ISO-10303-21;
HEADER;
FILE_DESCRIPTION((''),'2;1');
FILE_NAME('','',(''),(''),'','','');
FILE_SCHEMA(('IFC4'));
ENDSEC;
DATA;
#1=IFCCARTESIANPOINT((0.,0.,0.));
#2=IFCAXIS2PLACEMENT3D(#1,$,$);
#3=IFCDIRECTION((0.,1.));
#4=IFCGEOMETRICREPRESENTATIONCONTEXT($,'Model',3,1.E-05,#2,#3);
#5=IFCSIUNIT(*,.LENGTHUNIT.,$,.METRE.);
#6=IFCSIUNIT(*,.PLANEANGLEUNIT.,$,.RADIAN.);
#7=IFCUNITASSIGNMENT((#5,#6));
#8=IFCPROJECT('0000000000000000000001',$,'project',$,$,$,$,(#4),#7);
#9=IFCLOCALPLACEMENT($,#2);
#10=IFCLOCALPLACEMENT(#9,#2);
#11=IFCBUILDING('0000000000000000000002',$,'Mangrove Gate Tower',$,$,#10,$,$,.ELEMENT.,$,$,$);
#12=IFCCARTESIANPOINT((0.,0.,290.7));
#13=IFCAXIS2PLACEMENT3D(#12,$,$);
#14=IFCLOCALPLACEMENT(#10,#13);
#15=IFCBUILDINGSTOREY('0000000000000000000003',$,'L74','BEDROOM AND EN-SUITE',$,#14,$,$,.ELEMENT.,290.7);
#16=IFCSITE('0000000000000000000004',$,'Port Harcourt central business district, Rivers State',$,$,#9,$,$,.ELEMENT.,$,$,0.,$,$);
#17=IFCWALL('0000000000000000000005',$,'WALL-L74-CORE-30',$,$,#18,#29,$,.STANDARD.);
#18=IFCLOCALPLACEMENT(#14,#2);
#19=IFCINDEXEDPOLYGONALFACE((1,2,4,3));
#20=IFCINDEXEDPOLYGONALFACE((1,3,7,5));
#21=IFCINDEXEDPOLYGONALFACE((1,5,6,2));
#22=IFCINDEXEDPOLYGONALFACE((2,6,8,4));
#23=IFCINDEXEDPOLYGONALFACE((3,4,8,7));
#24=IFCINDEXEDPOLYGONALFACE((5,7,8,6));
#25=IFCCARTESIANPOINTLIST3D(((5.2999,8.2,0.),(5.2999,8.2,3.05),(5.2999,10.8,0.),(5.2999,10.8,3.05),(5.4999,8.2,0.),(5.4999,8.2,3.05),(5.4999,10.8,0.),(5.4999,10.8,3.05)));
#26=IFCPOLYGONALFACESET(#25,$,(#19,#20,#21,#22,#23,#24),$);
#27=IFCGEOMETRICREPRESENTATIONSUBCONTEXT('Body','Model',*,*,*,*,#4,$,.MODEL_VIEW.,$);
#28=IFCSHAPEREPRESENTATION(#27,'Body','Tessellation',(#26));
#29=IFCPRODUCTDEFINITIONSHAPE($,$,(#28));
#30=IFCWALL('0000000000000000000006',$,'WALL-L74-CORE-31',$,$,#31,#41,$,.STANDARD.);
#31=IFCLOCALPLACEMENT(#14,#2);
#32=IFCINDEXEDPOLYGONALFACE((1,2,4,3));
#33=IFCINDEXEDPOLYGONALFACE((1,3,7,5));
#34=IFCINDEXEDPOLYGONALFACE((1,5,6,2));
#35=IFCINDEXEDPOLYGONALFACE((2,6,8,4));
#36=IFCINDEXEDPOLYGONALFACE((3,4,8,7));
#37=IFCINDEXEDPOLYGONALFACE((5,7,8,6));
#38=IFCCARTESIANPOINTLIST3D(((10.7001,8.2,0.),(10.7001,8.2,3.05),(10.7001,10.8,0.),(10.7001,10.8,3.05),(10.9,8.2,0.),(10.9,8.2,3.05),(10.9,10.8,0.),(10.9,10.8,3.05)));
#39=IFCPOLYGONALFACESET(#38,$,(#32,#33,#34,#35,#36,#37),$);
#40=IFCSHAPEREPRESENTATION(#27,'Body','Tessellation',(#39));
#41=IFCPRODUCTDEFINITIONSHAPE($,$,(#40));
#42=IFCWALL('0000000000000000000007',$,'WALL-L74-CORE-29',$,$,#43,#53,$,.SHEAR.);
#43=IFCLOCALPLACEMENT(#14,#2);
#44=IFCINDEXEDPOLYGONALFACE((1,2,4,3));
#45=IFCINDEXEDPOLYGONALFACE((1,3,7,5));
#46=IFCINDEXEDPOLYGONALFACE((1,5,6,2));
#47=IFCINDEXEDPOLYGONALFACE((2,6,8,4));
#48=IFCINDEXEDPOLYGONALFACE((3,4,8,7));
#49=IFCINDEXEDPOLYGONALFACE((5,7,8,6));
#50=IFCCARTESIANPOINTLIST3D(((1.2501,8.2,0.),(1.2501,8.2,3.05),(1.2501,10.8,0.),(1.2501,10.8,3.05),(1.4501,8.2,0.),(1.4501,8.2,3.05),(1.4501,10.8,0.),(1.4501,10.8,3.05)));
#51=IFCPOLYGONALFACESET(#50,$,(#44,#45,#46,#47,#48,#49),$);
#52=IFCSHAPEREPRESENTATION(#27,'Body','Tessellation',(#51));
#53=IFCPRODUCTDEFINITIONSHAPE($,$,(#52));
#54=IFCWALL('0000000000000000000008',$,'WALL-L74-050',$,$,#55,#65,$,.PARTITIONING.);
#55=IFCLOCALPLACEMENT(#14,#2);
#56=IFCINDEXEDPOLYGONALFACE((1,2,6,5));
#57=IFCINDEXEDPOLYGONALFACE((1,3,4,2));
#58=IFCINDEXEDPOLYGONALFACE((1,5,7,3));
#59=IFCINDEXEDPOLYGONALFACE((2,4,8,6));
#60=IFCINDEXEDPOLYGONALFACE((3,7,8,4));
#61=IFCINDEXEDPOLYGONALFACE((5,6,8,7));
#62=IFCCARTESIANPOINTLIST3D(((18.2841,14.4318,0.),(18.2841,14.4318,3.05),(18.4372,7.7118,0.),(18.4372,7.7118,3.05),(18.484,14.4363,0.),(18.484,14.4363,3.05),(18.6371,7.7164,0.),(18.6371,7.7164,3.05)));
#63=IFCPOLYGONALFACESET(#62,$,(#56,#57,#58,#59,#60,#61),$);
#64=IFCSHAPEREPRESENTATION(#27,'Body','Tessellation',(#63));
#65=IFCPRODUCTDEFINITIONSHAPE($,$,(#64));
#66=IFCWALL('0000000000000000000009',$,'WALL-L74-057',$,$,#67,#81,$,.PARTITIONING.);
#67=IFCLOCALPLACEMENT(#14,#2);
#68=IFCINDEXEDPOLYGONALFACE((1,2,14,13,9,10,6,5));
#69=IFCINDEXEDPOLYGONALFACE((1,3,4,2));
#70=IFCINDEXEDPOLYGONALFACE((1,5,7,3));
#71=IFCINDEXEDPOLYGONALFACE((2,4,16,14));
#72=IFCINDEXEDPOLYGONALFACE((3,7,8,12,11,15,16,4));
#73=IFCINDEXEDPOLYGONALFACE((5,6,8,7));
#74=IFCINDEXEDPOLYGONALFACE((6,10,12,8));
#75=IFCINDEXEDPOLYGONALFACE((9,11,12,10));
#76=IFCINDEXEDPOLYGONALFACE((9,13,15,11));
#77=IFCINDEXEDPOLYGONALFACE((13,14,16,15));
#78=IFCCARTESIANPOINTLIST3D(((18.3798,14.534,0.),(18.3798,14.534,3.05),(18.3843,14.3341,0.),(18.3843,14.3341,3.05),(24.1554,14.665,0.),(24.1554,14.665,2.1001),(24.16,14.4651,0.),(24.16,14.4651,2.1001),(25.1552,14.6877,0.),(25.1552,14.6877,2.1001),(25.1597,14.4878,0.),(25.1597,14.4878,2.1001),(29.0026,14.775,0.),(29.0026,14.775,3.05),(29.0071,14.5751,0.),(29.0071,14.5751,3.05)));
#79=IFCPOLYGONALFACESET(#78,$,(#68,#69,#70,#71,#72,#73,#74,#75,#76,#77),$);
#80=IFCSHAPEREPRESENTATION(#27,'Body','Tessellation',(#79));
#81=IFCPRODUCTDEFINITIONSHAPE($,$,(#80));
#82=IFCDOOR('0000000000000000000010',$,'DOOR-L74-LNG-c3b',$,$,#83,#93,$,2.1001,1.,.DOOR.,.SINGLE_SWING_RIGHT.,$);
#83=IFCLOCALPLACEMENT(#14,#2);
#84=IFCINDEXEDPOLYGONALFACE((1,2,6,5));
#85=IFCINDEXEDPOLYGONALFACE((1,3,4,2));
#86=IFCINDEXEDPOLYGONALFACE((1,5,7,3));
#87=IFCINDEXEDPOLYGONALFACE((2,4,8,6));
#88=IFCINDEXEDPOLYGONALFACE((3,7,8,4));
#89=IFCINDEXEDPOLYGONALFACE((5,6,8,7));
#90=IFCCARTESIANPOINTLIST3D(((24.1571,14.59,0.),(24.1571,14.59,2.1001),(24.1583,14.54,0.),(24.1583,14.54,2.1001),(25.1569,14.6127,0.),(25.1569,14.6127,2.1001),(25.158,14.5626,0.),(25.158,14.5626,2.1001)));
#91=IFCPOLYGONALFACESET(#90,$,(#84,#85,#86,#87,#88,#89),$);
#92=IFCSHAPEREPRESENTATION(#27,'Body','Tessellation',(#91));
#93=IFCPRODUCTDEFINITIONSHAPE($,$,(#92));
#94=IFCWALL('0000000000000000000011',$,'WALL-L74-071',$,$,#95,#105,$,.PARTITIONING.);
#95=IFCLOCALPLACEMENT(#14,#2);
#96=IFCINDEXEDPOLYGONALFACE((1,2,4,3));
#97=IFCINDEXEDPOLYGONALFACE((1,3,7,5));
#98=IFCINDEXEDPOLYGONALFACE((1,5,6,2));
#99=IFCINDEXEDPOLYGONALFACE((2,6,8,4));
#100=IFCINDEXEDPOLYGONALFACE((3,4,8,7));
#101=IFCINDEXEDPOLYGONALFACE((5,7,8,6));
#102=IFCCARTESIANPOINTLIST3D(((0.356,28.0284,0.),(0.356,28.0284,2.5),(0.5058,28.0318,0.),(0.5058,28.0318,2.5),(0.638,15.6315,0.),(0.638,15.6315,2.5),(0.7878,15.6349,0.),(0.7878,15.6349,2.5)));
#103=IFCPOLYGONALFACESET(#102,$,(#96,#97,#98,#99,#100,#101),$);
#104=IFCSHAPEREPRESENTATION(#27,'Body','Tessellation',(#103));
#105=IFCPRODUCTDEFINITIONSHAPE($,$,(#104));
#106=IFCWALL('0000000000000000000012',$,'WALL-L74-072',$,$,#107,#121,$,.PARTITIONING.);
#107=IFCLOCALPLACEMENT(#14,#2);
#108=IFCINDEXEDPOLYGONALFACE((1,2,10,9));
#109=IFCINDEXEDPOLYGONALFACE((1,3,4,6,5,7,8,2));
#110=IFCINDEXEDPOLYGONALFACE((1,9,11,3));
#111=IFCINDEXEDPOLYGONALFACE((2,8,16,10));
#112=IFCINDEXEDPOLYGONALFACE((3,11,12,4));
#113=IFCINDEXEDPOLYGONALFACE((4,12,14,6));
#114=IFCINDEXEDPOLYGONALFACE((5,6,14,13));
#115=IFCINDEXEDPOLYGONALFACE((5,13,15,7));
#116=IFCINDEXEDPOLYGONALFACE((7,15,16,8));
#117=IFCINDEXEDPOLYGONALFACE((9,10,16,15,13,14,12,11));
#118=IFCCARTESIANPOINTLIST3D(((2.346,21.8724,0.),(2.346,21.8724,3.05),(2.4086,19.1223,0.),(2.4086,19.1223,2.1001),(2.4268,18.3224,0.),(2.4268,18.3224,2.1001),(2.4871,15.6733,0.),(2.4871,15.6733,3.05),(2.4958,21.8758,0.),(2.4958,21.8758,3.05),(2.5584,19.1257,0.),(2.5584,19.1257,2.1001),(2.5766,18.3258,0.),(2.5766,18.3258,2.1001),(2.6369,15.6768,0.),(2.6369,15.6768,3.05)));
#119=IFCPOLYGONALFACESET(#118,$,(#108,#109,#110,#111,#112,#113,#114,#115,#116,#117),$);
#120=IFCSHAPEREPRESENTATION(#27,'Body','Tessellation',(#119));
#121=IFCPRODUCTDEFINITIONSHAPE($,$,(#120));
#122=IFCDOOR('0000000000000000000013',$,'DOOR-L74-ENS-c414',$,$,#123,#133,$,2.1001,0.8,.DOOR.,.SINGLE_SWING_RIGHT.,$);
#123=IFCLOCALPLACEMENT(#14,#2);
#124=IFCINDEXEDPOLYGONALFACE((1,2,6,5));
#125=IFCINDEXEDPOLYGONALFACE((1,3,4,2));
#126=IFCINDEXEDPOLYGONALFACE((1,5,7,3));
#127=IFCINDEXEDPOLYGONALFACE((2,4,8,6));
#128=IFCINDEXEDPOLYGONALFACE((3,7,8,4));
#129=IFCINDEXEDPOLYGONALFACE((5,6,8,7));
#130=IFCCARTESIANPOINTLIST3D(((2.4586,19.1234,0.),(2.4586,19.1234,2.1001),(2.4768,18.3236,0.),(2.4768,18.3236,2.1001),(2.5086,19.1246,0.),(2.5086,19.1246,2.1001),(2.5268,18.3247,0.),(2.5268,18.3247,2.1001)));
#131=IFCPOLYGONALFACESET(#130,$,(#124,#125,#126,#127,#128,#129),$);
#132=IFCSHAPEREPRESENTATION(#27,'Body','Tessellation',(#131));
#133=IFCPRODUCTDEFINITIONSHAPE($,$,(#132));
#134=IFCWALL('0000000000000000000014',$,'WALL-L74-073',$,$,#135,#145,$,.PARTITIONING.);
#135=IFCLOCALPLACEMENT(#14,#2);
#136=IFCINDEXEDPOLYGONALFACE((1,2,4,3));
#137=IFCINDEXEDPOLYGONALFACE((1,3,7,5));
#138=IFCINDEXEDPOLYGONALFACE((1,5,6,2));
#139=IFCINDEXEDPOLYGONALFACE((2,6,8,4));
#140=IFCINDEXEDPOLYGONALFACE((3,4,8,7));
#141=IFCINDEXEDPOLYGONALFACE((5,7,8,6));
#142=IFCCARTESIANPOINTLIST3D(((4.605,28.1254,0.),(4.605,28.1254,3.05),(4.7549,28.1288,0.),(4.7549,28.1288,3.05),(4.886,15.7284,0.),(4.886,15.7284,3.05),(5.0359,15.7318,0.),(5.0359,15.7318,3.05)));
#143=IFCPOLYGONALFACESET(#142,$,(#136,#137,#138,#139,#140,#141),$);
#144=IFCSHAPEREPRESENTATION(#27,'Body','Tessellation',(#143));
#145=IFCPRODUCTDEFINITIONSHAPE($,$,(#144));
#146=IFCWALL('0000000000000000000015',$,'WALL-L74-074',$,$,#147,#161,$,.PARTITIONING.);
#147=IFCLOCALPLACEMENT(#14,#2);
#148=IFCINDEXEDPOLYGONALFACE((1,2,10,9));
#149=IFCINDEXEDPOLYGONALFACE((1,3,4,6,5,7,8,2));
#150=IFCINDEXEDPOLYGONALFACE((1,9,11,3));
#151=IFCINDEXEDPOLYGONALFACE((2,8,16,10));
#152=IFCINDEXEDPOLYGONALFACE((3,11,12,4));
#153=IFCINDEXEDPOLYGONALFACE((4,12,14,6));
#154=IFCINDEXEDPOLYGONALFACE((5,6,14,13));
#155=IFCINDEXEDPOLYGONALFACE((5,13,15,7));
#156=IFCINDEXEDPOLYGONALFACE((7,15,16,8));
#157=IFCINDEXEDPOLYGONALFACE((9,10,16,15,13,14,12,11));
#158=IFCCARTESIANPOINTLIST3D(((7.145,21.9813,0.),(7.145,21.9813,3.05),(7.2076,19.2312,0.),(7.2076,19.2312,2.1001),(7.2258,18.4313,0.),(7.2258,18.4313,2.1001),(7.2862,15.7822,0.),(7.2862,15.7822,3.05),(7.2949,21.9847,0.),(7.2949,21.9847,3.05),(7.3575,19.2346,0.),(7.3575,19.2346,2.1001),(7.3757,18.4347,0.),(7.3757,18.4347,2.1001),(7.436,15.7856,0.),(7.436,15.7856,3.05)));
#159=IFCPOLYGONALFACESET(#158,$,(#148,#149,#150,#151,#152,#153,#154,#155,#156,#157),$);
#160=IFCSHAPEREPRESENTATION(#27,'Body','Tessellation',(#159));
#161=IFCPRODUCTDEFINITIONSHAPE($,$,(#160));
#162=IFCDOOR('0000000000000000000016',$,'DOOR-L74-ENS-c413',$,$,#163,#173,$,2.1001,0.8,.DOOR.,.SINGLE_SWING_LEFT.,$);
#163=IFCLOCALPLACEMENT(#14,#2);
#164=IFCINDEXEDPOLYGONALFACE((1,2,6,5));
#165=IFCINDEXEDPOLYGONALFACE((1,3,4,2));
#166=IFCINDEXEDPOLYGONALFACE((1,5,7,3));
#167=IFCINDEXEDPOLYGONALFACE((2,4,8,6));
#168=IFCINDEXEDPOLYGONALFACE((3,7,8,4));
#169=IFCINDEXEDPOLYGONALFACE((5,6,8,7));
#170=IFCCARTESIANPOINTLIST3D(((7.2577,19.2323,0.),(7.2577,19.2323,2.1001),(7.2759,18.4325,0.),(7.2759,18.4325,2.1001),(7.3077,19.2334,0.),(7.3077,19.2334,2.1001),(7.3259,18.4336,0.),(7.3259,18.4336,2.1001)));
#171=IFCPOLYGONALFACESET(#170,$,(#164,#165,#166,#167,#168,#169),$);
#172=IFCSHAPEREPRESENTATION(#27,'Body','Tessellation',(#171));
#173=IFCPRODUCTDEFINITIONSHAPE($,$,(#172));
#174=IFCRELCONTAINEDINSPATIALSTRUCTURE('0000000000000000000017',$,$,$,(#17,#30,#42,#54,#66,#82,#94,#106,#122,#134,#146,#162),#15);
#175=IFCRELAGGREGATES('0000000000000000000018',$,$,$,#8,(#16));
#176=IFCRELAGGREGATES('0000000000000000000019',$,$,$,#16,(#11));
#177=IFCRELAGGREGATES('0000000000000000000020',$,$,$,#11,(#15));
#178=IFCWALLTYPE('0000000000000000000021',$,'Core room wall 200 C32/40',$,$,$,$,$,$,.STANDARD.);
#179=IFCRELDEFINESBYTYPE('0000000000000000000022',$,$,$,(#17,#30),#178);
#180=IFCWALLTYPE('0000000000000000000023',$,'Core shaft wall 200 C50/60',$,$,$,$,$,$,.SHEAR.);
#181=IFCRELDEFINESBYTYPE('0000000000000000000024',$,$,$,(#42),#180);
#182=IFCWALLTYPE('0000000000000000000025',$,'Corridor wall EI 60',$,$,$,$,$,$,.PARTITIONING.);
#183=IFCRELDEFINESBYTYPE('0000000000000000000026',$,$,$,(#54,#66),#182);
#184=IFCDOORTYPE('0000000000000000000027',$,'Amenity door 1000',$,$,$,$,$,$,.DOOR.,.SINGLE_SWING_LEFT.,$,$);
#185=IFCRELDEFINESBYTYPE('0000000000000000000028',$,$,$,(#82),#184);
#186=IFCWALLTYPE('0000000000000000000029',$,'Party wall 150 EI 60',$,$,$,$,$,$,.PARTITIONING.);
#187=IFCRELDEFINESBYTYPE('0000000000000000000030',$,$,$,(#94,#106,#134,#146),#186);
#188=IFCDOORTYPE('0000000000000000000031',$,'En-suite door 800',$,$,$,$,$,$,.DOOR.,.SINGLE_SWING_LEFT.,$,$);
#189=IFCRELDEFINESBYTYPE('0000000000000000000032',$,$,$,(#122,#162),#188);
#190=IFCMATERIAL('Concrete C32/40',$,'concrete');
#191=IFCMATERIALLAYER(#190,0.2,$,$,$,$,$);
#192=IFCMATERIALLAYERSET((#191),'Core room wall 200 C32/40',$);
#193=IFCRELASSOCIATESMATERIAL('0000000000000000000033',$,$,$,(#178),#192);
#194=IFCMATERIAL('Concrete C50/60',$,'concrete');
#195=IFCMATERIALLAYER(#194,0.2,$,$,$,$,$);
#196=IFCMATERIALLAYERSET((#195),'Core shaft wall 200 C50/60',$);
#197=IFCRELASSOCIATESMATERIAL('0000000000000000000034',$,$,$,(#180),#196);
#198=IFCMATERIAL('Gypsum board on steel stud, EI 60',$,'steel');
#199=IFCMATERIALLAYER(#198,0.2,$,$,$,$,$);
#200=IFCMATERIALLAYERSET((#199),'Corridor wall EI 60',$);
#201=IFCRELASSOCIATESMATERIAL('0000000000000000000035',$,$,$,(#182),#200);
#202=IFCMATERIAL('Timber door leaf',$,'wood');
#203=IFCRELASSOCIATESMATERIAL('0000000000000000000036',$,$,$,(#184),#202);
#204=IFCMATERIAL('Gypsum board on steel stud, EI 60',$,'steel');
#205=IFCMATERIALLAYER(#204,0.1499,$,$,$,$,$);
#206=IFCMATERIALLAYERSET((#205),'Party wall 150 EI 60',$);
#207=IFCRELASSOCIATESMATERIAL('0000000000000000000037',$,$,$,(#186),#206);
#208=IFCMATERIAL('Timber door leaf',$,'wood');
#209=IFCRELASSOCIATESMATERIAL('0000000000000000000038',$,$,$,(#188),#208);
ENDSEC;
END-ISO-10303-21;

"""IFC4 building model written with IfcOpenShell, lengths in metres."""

from ifc_helpers import new_model, si_unit, direction, frame, frame_2d, origin, place, context, subcontext, project, spatial, rectangle, extrude, material, layer, layer_set, type_object, element, fill, save


model = new_model("IFC4")

# Units and contexts
model_context = context("Model", 3, precision=1e-05, world=origin(), true_north=direction((0.0, 1.0)))
body_context = subcontext(model_context, "Body", "Model", "MODEL_VIEW")
ifc_project = project(units=[si_unit("LENGTHUNIT", "METRE"), si_unit("PLANEANGLEUNIT", "RADIAN")], contexts=[model_context])

# Site, building, storey
site_placement = place(None, origin())
site = spatial("IfcSite", under=ifc_project, at=site_placement, Name="Port Harcourt central business district, Rivers State", CompositionType="ELEMENT", RefElevation=0.0)
building_placement = place(site_placement, origin())
building = spatial("IfcBuilding", under=site, at=building_placement, Name="Mangrove Gate Tower", CompositionType="ELEMENT")
storey_placement = place(building_placement, frame((0.0, 0.0, 290.7)))
storey = spatial("IfcBuildingStorey", under=building, at=storey_placement, Name="L74", Description="BEDROOM AND EN-SUITE", CompositionType="ELEMENT", Elevation=290.7)

# Walls
ifc_material_1 = material(Name="Concrete C32/40", Category="concrete")
ifc_layer_1 = layer(ifc_material_1, 0.2)
ifc_layer_set_1 = layer_set([ifc_layer_1], Name="Core room wall 200 C32/40")
wall_type_1 = type_object("IfcWallType", Name="Core room wall 200 C32/40", PredefinedType="STANDARD", material=ifc_layer_set_1)
for number, where, z_axis, x_axis, name in (
    (1, (5.3999, 8.2, 0.0), (0.0, 0.0, 1.0), (0.0, 1.0, 0.0), "WALL-L74-CORE-30"),
    (2, (10.8, 8.2, 0.0), (0.0, 0.0, 1.0), (0.0, 1.0, 0.0), "WALL-L74-CORE-31"),
):
    element("IfcWall", number, at=place(storey_placement, frame(where, z_axis=z_axis, x_axis=x_axis)), inside=storey, type_object=wall_type_1, Name=name, PredefinedType="STANDARD", context=body_context, shape_type="SweptSolid", body=[
        extrude(rectangle(XDim=2.6001, YDim=0.2, at=frame_2d((1.3, 0.0))), origin(), (0.0, 0.0, 1.0), 3.05),
    ])
ifc_material_2 = material(Name="Concrete C50/60", Category="concrete")
ifc_layer_2 = layer(ifc_material_2, 0.2)
ifc_layer_set_2 = layer_set([ifc_layer_2], Name="Core shaft wall 200 C50/60")
wall_type_2 = type_object("IfcWallType", Name="Core shaft wall 200 C50/60", PredefinedType="SHEAR", material=ifc_layer_set_2)
wall_1_placement = place(storey_placement, frame((1.3501, 8.2, 0.0), z_axis=(0.0, 0.0, 1.0), x_axis=(0.0, 1.0, 0.0)))
element("IfcWall", 3, at=wall_1_placement, inside=storey, type_object=wall_type_2, Name="WALL-L74-CORE-29", PredefinedType="SHEAR", context=body_context, shape_type="SweptSolid", body=[
    extrude(rectangle(XDim=2.6001, YDim=0.2, at=frame_2d((1.3, 0.0))), origin(), (0.0, 0.0, 1.0), 3.05),
])
ifc_material_3 = material(Name="Gypsum board on steel stud, EI 60", Category="steel")
ifc_layer_3 = layer(ifc_material_3, 0.2)
ifc_layer_set_3 = layer_set([ifc_layer_3], Name="Corridor wall EI 60")
wall_type_3 = type_object("IfcWallType", Name="Corridor wall EI 60", PredefinedType="PARTITIONING", material=ifc_layer_set_3)
wall_2_placement = place(storey_placement, frame((18.5371, 7.7141, 0.0), z_axis=(0.0, 0.0, 1.0), x_axis=(-0.022773, 0.999741, 0.0)))
element("IfcWall", 4, at=wall_2_placement, inside=storey, type_object=wall_type_3, Name="WALL-L74-050", PredefinedType="PARTITIONING", context=body_context, shape_type="SweptSolid", body=[
    extrude(rectangle(XDim=6.7217, YDim=0.2, at=frame_2d((3.3608, 0.0))), origin(), (0.0, 0.0, 1.0), 3.05),
])

# Wall, opening, door
wall_3_placement = place(storey_placement, frame((18.3821, 14.4341, 0.0), z_axis=(0.0, 0.0, 1.0), x_axis=(0.999743, 0.022678, 0.0)))
wall_3 = element("IfcWall", 5, at=wall_3_placement, inside=storey, type_object=wall_type_3, Name="WALL-L74-057", PredefinedType="PARTITIONING", context=body_context, shape_type="SweptSolid", body=[
    extrude(rectangle(XDim=10.6255, YDim=0.2, at=frame_2d((5.3127, 0.0))), origin(), (0.0, 0.0, 1.0), 3.05),
])
opening_1_placement = place(wall_3_placement, frame((5.7771, 0.0, 0.0)))
opening_1 = element("IfcOpeningElement", 6, at=opening_1_placement, cuts=wall_3, PredefinedType="OPENING", context=body_context, shape_type="SweptSolid", body=[
    extrude(rectangle(XDim=1.0, YDim=2.1001, at=frame_2d((0.5, 1.05))), frame((0.0, 0.1099, 0.0), z_axis=(0.0, -1.0, 0.0), x_axis=(1.0, 0.0, 0.0)), (0.0, 0.0, 1.0), 0.22),
])
ifc_material_4 = material(Name="Timber door leaf", Category="wood")
door_type_1 = type_object("IfcDoorType", Name="Amenity door 1000", OperationType="SINGLE_SWING_LEFT", PredefinedType="DOOR", material=ifc_material_4)
door_1_placement = place(opening_1_placement, origin())
door_1 = element("IfcDoor", 7, at=door_1_placement, inside=storey, type_object=door_type_1, Name="DOOR-L74-LNG-c3b", OperationType="SINGLE_SWING_RIGHT", OverallHeight=2.1001, OverallWidth=1.0, PredefinedType="DOOR", context=body_context, shape_type="SweptSolid", body=[
    extrude(rectangle(XDim=1.0, YDim=2.1001, at=frame_2d((0.5, 1.05))), frame((0.0, 0.0249, 0.0), z_axis=(0.0, -1.0, 0.0), x_axis=(1.0, 0.0, 0.0)), (0.0, 0.0, 1.0), 0.05),
])
fill(opening_1, door_1)

# Wall
ifc_material_5 = material(Name="Gypsum board on steel stud, EI 60", Category="steel")
ifc_layer_4 = layer(ifc_material_5, 0.1499)
ifc_layer_set_4 = layer_set([ifc_layer_4], Name="Party wall 150 EI 60")
wall_type_4 = type_object("IfcWallType", Name="Party wall 150 EI 60", PredefinedType="PARTITIONING", material=ifc_layer_set_4)
wall_4_placement = place(storey_placement, frame((0.7129, 15.6331, 0.0), z_axis=(0.0, 0.0, 1.0), x_axis=(-0.02274, 0.999741, 0.0)))
element("IfcWall", 8, at=wall_4_placement, inside=storey, type_object=wall_type_4, Name="WALL-L74-071", PredefinedType="PARTITIONING", context=body_context, shape_type="SweptSolid", body=[
    extrude(rectangle(XDim=12.4001, YDim=0.1499, at=frame_2d((6.2002, 0.0))), origin(), (0.0, 0.0, 1.0), 2.5),
])

# Wall, opening, door
wall_5_placement = place(storey_placement, frame((2.562, 15.675, 0.0), z_axis=(0.0, 0.0, 1.0), x_axis=(-0.022758, 0.999741, 0.0)))
wall_5 = element("IfcWall", 9, at=wall_5_placement, inside=storey, type_object=wall_type_4, Name="WALL-L74-072", PredefinedType="PARTITIONING", context=body_context, shape_type="SweptSolid", body=[
    extrude(rectangle(XDim=6.2007, YDim=0.1499, at=frame_2d((3.1003, 0.0))), origin(), (0.0, 0.0, 1.0), 3.05),
])
opening_2_placement = place(wall_5_placement, frame((2.6499, 0.0, 0.0)))
opening_2 = element("IfcOpeningElement", 10, at=opening_2_placement, cuts=wall_5, PredefinedType="OPENING", context=body_context, shape_type="SweptSolid", body=[
    extrude(rectangle(XDim=0.8, YDim=2.1001, at=frame_2d((0.3999, 1.05))), frame((0.0, 0.085, 0.0), z_axis=(0.0, -1.0, 0.0), x_axis=(1.0, 0.0, 0.0)), (0.0, 0.0, 1.0), 0.1699),
])
ifc_material_6 = material(Name="Timber door leaf", Category="wood")
door_type_2 = type_object("IfcDoorType", Name="En-suite door 800", OperationType="SINGLE_SWING_LEFT", PredefinedType="DOOR", material=ifc_material_6)
door_2_placement = place(opening_2_placement, origin())
door_2 = element("IfcDoor", 11, at=door_2_placement, inside=storey, type_object=door_type_2, Name="DOOR-L74-ENS-c414", OperationType="SINGLE_SWING_RIGHT", OverallHeight=2.1001, OverallWidth=0.8, PredefinedType="DOOR", context=body_context, shape_type="SweptSolid", body=[
    extrude(rectangle(XDim=0.8, YDim=2.1001, at=frame_2d((0.3999, 1.05))), frame((0.0, 0.0249, 0.0), z_axis=(0.0, -1.0, 0.0), x_axis=(1.0, 0.0, 0.0)), (0.0, 0.0, 1.0), 0.05),
])
fill(opening_2, door_2)

# Wall
wall_6_placement = place(storey_placement, frame((4.9609, 15.73, 0.0), z_axis=(0.0, 0.0, 1.0), x_axis=(-0.022661, 0.999743, 0.0)))
element("IfcWall", 12, at=wall_6_placement, inside=storey, type_object=wall_type_4, Name="WALL-L74-073", PredefinedType="PARTITIONING", context=body_context, shape_type="SweptSolid", body=[
    extrude(rectangle(XDim=12.4001, YDim=0.1499, at=frame_2d((6.2002, 0.0))), origin(), (0.0, 0.0, 1.0), 3.05),
])

# Wall, opening, door
wall_7_placement = place(storey_placement, frame((7.3611, 15.7839, 0.0), z_axis=(0.0, 0.0, 1.0), x_axis=(-0.022758, 0.999741, 0.0)))
wall_7 = element("IfcWall", 13, at=wall_7_placement, inside=storey, type_object=wall_type_4, Name="WALL-L74-074", PredefinedType="PARTITIONING", context=body_context, shape_type="SweptSolid", body=[
    extrude(rectangle(XDim=6.2007, YDim=0.1499, at=frame_2d((3.1003, 0.0))), origin(), (0.0, 0.0, 1.0), 3.05),
])
opening_3_placement = place(wall_7_placement, frame((2.6499, 0.0, 0.0)))
opening_3 = element("IfcOpeningElement", 14, at=opening_3_placement, cuts=wall_7, PredefinedType="OPENING", context=body_context, shape_type="SweptSolid", body=[
    extrude(rectangle(XDim=0.8, YDim=2.1001, at=frame_2d((0.3999, 1.05))), frame((0.0, 0.085, 0.0), z_axis=(0.0, -1.0, 0.0), x_axis=(1.0, 0.0, 0.0)), (0.0, 0.0, 1.0), 0.1699),
])
door_3_placement = place(opening_3_placement, origin())
door_3 = element("IfcDoor", 15, at=door_3_placement, inside=storey, type_object=door_type_2, Name="DOOR-L74-ENS-c413", OperationType="SINGLE_SWING_LEFT", OverallHeight=2.1001, OverallWidth=0.8, PredefinedType="DOOR", context=body_context, shape_type="SweptSolid", body=[
    extrude(rectangle(XDim=0.8, YDim=2.1001, at=frame_2d((0.3999, 1.05))), frame((0.0, 0.0249, 0.0), z_axis=(0.0, -1.0, 0.0), x_axis=(1.0, 0.0, 0.0)), (0.0, 0.0, 1.0), 0.05),
])
fill(opening_3, door_3)

save(model, "model.ifc")
